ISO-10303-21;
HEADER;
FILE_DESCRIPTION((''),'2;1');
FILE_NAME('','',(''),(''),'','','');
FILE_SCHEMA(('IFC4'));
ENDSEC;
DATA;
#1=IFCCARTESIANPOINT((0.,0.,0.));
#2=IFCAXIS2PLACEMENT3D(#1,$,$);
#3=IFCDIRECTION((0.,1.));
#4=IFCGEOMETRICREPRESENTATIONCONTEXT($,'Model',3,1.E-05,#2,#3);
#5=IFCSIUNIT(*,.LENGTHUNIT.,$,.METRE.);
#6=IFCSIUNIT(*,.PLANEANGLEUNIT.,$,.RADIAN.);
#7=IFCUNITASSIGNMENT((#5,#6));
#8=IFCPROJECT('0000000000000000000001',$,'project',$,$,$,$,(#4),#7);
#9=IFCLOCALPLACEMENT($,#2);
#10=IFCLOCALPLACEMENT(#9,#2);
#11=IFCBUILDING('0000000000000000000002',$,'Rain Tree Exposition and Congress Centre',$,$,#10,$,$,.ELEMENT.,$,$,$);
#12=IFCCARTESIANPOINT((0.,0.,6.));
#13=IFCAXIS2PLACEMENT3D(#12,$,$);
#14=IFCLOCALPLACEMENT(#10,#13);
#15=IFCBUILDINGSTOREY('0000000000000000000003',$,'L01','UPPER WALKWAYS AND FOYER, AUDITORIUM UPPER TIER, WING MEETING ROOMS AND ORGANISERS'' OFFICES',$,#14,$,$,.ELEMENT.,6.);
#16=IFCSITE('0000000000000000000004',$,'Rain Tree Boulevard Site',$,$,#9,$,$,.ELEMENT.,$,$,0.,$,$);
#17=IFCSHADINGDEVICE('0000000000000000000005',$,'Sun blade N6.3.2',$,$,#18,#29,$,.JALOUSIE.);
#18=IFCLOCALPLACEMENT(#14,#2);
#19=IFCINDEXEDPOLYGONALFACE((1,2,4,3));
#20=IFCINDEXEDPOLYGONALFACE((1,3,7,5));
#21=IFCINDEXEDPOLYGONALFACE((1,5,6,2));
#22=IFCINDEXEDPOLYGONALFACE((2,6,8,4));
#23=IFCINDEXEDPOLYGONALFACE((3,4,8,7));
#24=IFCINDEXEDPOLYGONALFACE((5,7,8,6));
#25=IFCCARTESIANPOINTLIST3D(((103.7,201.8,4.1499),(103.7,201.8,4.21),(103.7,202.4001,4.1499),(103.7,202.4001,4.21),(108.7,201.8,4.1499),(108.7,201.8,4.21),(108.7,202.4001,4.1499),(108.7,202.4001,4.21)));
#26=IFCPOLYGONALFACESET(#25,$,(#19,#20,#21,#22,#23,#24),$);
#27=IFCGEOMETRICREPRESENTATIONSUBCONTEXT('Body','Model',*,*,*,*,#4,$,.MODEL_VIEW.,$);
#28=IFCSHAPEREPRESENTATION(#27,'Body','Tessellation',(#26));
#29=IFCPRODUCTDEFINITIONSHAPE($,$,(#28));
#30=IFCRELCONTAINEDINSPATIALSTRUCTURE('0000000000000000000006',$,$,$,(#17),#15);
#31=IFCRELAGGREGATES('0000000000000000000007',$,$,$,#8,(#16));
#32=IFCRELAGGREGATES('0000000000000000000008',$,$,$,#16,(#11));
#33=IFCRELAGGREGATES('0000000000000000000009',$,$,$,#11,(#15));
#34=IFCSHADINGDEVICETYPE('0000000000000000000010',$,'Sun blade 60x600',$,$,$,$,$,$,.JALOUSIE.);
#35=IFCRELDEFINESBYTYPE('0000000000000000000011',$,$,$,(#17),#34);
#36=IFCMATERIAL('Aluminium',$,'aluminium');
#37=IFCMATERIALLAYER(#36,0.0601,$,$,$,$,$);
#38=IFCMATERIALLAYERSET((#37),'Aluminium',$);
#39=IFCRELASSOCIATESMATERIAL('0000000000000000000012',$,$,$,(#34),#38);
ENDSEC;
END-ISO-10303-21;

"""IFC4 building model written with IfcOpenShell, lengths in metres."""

from ifc_helpers import new_model, si_unit, direction, frame, origin, origin_2d, place, context, subcontext, project, spatial, rectangle, extrude, material, layer, layer_set, type_object, element, save


model = new_model("IFC4")

# Units and contexts
model_context = context("Model", 3, precision=1e-05, world=origin(), true_north=direction((0.0, 1.0)))
body_context = subcontext(model_context, "Body", "Model", "MODEL_VIEW")
ifc_project = project(units=[si_unit("LENGTHUNIT", "METRE"), si_unit("PLANEANGLEUNIT", "RADIAN")], contexts=[model_context])

# Site, building, storey
site_placement = place(None, origin())
site = spatial("IfcSite", under=ifc_project, at=site_placement, Name="Rain Tree Boulevard Site", CompositionType="ELEMENT", RefElevation=0.0)
building_placement = place(site_placement, origin())
building = spatial("IfcBuilding", under=site, at=building_placement, Name="Rain Tree Exposition and Congress Centre", CompositionType="ELEMENT")
storey_placement = place(building_placement, frame((0.0, 0.0, 6.0)))
storey = spatial("IfcBuildingStorey", under=building, at=storey_placement, Name="L01", Description="UPPER WALKWAYS AND FOYER, AUDITORIUM UPPER TIER, WING MEETING ROOMS AND ORGANISERS' OFFICES", CompositionType="ELEMENT", Elevation=6.0)

# Shading device
ifc_material_1 = material(Name="Aluminium", Category="aluminium")
ifc_layer_1 = layer(ifc_material_1, 0.0601)
ifc_layer_set_1 = layer_set([ifc_layer_1], Name="Aluminium")
shading_device_type = type_object("IfcShadingDeviceType", Name="Sun blade 60x600", PredefinedType="JALOUSIE", material=ifc_layer_set_1)
for number, where, z_axis, x_axis, name in (
    (1, (106.2, 202.1001, 4.1499), (0.0, 0.0, 1.0), (1.0, 0.0, 0.0), "Sun blade N6.3.2"),
):
    element("IfcShadingDevice", number, at=place(storey_placement, frame(where, z_axis=z_axis, x_axis=x_axis)), inside=storey, type_object=shading_device_type, Name=name, PredefinedType="JALOUSIE", context=body_context, shape_type="SweptSolid", body=[
        extrude(rectangle(XDim=5.0, YDim=0.6001, at=origin_2d()), origin(), (0.0, 0.0, 1.0), 0.0601),
    ])

save(model, "model.ifc")
